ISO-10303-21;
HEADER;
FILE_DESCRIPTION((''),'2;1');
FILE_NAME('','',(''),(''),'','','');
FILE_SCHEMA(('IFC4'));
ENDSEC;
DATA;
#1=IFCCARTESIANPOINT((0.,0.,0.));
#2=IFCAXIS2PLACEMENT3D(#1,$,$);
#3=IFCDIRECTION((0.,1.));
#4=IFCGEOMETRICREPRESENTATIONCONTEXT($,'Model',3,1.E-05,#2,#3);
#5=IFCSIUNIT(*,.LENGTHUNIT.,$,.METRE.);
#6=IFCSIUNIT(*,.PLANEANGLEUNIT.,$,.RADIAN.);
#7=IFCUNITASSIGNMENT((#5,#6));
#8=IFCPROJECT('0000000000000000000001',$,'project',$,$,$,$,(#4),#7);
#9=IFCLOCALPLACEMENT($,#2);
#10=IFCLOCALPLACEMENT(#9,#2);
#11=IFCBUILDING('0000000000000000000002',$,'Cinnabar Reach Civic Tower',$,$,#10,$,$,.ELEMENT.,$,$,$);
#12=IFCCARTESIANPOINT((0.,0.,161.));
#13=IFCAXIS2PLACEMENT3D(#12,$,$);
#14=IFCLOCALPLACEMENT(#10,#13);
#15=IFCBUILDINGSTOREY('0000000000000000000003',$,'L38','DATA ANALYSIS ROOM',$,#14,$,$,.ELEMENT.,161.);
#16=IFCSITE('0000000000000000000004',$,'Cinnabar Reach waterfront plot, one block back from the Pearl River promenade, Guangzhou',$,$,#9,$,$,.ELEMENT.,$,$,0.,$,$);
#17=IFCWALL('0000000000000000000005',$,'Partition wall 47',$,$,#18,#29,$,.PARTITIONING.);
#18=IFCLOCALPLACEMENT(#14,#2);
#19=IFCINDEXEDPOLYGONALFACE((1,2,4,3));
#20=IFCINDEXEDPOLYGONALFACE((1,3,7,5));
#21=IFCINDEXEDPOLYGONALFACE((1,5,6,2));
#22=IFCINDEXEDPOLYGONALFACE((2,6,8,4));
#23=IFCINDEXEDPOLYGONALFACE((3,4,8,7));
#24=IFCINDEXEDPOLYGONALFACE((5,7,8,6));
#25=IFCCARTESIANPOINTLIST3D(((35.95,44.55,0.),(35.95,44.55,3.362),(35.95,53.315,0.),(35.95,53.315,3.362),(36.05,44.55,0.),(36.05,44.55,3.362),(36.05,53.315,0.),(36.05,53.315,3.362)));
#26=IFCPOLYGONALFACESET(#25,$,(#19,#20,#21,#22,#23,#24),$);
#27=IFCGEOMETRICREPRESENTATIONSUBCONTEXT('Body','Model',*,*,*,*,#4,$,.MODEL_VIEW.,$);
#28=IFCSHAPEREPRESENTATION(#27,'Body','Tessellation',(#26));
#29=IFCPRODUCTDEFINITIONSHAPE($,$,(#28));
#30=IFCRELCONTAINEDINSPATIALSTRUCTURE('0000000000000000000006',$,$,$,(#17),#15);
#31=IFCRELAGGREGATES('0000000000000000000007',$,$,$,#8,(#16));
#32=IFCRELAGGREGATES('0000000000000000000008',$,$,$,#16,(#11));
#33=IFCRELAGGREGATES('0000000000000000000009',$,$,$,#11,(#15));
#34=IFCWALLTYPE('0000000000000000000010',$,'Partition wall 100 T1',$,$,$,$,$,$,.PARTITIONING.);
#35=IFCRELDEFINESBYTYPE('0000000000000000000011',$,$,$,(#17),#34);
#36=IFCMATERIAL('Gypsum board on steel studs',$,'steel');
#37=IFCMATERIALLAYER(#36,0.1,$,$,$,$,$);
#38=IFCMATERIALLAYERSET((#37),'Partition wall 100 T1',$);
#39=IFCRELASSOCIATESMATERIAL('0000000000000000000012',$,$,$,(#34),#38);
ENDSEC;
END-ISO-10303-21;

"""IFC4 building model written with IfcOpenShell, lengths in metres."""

from ifc_helpers import new_model, si_unit, direction, frame, frame_2d, origin, place, context, subcontext, project, spatial, rectangle, extrude, material, layer, layer_set, type_object, element, save


model = new_model("IFC4")

# Units and contexts
model_context = context("Model", 3, precision=1e-05, world=origin(), true_north=direction((0.0, 1.0)))
body_context = subcontext(model_context, "Body", "Model", "MODEL_VIEW")
ifc_project = project(units=[si_unit("LENGTHUNIT", "METRE"), si_unit("PLANEANGLEUNIT", "RADIAN")], contexts=[model_context])

# Site, building, storey
site_placement = place(None, origin())
site = spatial("IfcSite", under=ifc_project, at=site_placement, Name="Cinnabar Reach waterfront plot, one block back from the Pearl River promenade, Guangzhou", CompositionType="ELEMENT", RefElevation=0.0)
building_placement = place(site_placement, origin())
building = spatial("IfcBuilding", under=site, at=building_placement, Name="Cinnabar Reach Civic Tower", CompositionType="ELEMENT")
storey_placement = place(building_placement, frame((0.0, 0.0, 161.0)))
storey = spatial("IfcBuildingStorey", under=building, at=storey_placement, Name="L38", Description="DATA ANALYSIS ROOM", CompositionType="ELEMENT", Elevation=161.0)

# Wall
ifc_material_1 = material(Name="Gypsum board on steel studs", Category="steel")
ifc_layer_1 = layer(ifc_material_1, 0.1)
ifc_layer_set_1 = layer_set([ifc_layer_1], Name="Partition wall 100 T1")
wall_type_1 = type_object("IfcWallType", Name="Partition wall 100 T1", PredefinedType="PARTITIONING", material=ifc_layer_set_1)
wall_1_placement = place(storey_placement, frame((36.0, 44.55, 0.0), z_axis=(0.0, 0.0, 1.0), x_axis=(0.0, 1.0, 0.0)))
element("IfcWall", 1, at=wall_1_placement, inside=storey, type_object=wall_type_1, Name="Partition wall 47", PredefinedType="PARTITIONING", context=body_context, shape_type="SweptSolid", body=[
    extrude(rectangle(XDim=8.765, YDim=0.1, at=frame_2d((4.3825, 0.0))), origin(), (0.0, 0.0, 1.0), 3.362),
])

save(model, "model.ifc")
